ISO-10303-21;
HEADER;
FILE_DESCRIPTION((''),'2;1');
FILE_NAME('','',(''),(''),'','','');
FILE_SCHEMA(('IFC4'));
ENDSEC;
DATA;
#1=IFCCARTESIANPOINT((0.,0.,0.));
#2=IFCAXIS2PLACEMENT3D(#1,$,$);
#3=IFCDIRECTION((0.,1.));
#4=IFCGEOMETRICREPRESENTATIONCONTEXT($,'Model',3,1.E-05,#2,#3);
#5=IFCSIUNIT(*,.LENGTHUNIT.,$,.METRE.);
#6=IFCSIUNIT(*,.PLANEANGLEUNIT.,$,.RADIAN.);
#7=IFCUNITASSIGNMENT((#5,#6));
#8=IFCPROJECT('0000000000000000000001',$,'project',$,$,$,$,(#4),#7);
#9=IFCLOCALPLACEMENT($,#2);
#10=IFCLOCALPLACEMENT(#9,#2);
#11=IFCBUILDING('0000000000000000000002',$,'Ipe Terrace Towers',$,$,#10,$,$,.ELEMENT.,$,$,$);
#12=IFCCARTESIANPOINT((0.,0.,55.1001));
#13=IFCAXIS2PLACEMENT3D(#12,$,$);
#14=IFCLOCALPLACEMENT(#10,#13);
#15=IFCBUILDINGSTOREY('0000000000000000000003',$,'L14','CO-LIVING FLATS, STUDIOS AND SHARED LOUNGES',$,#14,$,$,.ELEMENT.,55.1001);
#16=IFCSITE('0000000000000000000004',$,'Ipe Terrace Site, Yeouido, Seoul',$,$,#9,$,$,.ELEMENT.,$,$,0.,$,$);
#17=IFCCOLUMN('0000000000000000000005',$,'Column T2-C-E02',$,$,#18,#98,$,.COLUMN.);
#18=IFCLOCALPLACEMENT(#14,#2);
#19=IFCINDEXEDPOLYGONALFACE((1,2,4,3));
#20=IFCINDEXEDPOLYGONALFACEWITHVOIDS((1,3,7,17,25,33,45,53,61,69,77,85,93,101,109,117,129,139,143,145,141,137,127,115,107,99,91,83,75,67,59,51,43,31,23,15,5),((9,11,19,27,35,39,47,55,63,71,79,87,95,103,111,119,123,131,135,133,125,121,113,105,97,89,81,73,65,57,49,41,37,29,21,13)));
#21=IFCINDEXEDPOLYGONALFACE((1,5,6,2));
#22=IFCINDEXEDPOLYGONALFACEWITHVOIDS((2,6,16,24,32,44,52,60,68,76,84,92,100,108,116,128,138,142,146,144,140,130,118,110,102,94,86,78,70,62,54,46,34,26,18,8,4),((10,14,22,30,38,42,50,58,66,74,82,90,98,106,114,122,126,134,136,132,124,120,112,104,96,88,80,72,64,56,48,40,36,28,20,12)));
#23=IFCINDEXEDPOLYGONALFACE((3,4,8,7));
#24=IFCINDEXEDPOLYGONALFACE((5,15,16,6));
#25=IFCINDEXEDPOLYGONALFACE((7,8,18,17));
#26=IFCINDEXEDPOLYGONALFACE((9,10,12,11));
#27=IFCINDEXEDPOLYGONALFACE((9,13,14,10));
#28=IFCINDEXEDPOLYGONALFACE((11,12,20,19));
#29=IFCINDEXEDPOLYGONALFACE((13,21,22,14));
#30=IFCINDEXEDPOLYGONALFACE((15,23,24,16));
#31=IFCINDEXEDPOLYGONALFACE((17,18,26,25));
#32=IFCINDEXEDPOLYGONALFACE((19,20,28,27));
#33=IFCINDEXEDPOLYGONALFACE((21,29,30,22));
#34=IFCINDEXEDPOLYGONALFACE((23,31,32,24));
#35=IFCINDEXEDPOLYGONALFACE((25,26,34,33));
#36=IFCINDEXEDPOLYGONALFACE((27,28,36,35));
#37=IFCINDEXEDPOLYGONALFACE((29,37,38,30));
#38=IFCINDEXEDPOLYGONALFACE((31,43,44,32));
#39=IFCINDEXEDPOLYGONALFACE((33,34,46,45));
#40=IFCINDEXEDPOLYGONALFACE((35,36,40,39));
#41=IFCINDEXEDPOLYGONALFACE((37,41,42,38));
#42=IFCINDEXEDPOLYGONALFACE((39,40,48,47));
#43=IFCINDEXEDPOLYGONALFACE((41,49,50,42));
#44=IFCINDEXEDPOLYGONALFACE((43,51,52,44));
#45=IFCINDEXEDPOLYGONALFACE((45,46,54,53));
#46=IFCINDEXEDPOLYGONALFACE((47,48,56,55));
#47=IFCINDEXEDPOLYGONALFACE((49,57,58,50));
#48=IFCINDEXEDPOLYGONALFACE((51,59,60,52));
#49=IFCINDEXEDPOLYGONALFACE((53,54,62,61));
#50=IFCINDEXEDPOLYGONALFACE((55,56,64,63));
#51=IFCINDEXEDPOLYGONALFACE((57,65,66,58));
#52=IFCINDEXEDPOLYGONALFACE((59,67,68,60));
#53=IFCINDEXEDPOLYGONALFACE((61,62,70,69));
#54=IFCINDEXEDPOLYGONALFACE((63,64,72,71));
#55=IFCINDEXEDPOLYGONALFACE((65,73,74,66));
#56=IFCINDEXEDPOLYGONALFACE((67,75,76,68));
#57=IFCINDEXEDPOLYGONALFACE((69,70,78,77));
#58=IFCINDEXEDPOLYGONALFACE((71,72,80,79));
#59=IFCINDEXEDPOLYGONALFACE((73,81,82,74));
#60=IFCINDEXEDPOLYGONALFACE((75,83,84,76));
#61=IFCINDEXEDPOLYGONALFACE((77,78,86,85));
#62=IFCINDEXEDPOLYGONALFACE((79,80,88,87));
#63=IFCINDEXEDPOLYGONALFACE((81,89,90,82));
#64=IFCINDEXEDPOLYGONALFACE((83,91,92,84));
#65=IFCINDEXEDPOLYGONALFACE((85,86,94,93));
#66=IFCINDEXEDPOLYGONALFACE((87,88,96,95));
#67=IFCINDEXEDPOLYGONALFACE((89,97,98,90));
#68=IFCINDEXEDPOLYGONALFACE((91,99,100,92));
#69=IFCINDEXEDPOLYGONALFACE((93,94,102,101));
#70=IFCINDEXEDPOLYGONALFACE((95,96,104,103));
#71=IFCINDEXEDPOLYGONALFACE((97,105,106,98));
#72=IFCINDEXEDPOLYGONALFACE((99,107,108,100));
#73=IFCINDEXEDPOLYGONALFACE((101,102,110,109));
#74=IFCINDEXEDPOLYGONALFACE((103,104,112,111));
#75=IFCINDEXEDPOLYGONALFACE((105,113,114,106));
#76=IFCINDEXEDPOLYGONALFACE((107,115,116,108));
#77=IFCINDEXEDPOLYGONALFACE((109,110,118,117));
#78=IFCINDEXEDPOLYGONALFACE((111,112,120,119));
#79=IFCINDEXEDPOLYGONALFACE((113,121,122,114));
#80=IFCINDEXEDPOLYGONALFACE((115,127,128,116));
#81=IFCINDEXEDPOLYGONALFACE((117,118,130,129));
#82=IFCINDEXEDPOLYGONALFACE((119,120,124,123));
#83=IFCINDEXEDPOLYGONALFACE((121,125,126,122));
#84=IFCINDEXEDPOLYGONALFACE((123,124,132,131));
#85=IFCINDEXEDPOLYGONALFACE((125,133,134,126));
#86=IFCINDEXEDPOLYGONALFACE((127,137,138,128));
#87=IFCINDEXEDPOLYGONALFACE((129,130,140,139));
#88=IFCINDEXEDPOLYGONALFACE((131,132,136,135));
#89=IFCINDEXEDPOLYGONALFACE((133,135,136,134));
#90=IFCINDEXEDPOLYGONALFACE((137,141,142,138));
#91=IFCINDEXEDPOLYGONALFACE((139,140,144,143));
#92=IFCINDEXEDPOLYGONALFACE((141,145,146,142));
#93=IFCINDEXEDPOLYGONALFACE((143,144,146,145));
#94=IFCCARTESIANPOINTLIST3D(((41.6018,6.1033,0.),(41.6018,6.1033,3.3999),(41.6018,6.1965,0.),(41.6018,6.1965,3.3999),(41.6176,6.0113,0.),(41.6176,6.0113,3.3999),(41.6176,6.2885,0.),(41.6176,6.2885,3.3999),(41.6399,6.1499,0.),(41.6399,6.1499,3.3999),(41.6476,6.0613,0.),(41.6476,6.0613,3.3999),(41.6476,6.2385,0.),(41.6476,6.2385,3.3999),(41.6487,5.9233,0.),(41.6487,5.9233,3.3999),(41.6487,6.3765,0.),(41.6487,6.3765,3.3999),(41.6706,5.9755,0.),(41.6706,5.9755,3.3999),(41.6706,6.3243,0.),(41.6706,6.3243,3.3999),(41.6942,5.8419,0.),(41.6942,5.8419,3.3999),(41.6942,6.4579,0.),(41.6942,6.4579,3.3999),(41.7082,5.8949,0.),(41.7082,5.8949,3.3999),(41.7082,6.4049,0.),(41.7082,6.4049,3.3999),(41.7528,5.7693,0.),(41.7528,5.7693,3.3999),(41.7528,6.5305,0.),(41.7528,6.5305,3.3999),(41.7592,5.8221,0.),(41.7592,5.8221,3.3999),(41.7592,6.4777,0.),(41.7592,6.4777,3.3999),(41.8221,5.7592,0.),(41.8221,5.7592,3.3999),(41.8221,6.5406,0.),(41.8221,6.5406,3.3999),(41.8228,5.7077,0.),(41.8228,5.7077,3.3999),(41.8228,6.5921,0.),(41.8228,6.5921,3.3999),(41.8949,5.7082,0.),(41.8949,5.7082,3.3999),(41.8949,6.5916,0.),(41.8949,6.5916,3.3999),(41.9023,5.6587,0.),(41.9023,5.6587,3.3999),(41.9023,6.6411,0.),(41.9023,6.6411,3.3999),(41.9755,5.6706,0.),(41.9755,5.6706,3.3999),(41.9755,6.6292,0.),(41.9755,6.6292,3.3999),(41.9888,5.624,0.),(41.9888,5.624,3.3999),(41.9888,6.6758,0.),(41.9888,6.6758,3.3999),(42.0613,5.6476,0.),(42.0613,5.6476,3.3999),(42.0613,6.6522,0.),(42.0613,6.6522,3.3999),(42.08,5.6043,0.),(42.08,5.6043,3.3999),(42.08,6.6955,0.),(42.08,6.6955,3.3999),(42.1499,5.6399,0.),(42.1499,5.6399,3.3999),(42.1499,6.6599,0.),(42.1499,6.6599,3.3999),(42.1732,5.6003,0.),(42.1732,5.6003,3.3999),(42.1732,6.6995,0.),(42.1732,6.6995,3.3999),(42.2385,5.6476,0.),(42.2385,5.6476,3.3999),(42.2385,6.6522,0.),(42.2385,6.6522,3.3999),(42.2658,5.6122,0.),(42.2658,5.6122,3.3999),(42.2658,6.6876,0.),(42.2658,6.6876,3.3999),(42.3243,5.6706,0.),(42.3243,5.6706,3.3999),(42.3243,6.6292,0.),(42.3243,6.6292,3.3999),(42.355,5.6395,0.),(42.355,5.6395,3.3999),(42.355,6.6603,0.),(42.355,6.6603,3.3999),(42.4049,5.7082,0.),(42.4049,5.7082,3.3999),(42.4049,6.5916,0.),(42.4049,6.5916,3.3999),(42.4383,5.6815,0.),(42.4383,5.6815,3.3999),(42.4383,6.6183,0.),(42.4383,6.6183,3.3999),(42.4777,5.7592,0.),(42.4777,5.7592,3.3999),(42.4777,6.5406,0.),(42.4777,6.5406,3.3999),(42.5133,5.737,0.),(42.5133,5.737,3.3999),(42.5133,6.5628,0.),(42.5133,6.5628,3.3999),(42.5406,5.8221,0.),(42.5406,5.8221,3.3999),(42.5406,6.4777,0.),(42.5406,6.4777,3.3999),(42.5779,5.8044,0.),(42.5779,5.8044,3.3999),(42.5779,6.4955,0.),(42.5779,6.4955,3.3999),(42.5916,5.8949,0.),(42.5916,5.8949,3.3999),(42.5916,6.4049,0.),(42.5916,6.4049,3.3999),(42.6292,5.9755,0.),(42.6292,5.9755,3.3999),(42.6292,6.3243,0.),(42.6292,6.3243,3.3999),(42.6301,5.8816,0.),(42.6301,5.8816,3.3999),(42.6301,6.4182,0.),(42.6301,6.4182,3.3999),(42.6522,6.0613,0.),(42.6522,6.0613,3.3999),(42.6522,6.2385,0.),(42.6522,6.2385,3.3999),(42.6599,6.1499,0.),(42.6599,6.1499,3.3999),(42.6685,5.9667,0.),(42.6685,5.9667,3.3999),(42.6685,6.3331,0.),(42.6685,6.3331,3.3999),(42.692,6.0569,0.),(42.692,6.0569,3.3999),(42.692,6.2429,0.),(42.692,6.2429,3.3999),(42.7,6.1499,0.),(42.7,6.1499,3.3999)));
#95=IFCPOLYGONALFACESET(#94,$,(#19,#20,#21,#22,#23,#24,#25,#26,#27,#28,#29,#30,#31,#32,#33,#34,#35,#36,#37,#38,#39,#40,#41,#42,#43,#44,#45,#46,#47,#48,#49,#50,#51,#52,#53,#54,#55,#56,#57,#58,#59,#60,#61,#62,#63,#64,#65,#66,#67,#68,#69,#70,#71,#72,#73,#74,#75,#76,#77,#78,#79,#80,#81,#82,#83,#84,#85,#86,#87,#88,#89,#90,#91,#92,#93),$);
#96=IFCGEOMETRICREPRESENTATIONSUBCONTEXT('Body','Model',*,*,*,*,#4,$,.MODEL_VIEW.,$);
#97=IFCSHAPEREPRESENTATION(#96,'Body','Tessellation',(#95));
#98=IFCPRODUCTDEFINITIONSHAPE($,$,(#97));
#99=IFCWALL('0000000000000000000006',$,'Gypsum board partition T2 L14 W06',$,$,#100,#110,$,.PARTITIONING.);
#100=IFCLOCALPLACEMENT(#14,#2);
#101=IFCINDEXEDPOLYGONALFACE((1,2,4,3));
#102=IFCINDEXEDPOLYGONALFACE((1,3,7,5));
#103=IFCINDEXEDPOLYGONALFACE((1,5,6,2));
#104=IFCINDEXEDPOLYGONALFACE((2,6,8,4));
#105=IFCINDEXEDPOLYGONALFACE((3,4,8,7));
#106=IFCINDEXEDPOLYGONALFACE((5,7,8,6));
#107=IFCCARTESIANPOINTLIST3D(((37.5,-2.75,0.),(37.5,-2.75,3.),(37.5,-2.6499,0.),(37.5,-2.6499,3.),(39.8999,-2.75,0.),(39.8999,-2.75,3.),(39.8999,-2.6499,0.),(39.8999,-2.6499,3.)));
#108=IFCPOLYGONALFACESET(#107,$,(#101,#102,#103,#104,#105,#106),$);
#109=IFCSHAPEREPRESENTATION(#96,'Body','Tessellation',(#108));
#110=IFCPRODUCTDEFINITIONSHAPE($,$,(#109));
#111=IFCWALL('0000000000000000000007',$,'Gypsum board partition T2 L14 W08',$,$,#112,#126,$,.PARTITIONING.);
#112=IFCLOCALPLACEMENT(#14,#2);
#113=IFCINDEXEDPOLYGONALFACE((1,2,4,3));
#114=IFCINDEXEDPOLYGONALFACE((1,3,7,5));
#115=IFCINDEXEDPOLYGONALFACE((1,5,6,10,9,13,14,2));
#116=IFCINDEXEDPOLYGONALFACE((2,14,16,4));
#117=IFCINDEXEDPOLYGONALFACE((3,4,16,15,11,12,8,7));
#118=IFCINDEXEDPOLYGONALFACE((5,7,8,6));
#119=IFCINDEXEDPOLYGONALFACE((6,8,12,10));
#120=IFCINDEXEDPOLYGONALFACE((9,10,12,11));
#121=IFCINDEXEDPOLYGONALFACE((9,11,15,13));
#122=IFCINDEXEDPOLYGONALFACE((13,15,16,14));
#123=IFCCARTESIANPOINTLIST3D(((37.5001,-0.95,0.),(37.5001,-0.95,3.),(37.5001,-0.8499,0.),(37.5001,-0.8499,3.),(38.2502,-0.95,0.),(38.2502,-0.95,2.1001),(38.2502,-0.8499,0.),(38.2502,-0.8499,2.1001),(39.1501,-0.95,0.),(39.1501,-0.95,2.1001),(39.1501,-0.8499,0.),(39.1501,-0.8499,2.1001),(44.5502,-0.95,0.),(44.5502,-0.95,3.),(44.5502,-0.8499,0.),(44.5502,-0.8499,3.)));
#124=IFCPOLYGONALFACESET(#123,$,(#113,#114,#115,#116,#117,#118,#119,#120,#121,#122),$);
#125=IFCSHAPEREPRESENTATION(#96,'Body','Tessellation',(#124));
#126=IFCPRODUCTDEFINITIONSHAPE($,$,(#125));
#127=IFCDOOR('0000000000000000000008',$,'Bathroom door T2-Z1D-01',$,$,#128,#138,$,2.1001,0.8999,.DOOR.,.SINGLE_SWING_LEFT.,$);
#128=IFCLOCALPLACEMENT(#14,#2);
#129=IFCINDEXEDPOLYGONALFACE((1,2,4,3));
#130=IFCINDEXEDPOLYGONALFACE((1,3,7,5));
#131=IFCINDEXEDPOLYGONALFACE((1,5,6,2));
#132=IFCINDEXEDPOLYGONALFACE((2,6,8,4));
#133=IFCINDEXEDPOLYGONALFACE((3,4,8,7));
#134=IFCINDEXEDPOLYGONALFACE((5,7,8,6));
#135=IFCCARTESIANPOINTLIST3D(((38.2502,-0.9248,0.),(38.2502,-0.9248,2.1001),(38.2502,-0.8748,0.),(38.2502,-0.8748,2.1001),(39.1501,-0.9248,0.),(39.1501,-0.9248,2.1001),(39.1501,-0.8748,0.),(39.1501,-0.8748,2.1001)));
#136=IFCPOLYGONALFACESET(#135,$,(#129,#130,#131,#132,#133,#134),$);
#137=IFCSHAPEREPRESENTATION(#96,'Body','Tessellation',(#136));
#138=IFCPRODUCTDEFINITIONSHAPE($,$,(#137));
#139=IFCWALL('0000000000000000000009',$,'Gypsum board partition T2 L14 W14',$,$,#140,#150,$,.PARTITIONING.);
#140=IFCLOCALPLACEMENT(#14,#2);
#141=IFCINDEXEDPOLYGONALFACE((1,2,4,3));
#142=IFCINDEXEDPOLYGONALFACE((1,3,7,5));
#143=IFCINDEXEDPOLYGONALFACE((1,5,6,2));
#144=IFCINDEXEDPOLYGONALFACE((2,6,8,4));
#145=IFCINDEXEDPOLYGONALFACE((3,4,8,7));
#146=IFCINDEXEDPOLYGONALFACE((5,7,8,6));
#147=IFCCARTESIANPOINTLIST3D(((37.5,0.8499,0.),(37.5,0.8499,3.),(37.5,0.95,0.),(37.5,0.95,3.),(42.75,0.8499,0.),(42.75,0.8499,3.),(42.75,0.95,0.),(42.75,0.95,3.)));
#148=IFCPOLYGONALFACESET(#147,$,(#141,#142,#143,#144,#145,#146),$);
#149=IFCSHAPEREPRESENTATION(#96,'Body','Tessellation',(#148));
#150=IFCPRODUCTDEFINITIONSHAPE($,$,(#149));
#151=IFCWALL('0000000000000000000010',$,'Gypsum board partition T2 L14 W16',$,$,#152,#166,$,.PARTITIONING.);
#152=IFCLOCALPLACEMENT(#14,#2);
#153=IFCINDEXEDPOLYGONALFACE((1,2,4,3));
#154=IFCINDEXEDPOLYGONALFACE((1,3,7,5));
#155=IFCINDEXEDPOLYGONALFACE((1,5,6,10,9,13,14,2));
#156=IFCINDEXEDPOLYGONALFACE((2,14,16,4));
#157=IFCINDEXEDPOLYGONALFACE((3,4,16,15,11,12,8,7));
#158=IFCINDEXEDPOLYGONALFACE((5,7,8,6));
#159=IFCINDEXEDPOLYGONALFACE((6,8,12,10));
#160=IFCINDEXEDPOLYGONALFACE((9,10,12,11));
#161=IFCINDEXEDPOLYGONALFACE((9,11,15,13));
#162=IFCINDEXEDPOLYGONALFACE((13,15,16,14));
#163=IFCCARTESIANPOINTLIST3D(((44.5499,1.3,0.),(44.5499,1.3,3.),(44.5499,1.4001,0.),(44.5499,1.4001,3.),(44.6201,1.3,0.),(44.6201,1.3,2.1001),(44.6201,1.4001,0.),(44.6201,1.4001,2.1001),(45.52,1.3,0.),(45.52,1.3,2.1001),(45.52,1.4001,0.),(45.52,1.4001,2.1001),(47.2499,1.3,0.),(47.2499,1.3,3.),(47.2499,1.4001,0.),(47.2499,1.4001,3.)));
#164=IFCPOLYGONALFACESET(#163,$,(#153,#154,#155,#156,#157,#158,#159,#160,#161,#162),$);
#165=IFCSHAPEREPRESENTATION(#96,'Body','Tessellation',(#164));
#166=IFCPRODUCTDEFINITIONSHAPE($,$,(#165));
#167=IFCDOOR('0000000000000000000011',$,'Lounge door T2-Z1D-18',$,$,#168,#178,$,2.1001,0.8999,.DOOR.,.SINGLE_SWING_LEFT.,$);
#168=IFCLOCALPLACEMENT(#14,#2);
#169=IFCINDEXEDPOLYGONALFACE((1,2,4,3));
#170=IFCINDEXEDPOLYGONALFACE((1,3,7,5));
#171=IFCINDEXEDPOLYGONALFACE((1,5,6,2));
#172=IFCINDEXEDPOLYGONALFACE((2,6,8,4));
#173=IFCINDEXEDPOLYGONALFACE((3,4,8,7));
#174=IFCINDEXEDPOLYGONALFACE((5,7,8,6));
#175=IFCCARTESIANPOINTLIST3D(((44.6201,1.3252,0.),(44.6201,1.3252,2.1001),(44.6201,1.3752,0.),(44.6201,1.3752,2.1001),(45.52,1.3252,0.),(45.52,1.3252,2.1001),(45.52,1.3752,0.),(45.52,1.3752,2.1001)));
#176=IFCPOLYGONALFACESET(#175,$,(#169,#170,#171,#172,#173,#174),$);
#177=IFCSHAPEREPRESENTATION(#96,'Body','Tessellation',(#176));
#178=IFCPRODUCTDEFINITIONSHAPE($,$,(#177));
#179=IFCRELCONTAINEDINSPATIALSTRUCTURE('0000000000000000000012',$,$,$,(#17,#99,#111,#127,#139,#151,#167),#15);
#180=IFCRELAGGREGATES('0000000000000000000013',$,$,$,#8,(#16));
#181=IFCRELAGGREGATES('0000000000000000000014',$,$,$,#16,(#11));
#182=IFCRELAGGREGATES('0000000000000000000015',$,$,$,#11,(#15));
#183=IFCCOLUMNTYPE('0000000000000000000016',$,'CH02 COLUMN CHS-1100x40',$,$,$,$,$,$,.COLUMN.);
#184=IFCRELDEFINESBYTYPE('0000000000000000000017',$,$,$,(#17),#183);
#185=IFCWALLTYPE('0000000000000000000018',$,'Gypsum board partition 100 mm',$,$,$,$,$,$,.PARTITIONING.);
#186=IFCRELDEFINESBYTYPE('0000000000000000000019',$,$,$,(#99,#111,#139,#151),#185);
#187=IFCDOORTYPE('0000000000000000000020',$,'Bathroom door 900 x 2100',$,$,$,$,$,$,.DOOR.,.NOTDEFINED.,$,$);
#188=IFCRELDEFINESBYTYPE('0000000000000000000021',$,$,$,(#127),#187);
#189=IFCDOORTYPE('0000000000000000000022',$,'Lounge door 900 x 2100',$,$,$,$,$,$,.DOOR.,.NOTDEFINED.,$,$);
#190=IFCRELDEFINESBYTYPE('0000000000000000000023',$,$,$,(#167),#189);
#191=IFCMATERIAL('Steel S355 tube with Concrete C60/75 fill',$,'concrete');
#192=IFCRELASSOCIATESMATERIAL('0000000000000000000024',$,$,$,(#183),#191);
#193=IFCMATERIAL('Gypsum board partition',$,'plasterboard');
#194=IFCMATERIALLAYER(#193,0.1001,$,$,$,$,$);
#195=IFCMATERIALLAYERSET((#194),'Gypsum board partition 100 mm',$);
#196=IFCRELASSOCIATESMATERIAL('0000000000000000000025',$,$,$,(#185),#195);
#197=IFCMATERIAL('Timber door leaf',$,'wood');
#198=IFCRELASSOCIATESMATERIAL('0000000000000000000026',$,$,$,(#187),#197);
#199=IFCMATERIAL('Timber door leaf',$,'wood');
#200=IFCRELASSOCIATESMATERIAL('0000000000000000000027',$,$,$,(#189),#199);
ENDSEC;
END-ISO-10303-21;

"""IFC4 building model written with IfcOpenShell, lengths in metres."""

from ifc_helpers import new_model, si_unit, direction, frame, frame_2d, origin, origin_2d, place, context, subcontext, project, spatial, rectangle, hollow_circle, extrude, material, layer, layer_set, material_profile, profile_set, type_object, element, fill, save


model = new_model("IFC4")

# Units and contexts
model_context = context("Model", 3, precision=1e-05, world=origin(), true_north=direction((0.0, 1.0)))
body_context = subcontext(model_context, "Body", "Model", "MODEL_VIEW")
ifc_project = project(units=[si_unit("LENGTHUNIT", "METRE"), si_unit("PLANEANGLEUNIT", "RADIAN")], contexts=[model_context])

# Site, building, storey
site_placement = place(None, origin())
site = spatial("IfcSite", under=ifc_project, at=site_placement, Name="Ipe Terrace Site, Yeouido, Seoul", CompositionType="ELEMENT", RefElevation=0.0)
building_placement = place(site_placement, origin())
building = spatial("IfcBuilding", under=site, at=building_placement, Name="Ipe Terrace Towers", CompositionType="ELEMENT")
storey_placement = place(building_placement, frame((0.0, 0.0, 55.1001)))
storey = spatial("IfcBuildingStorey", under=building, at=storey_placement, Name="L14", Description="CO-LIVING FLATS, STUDIOS AND SHARED LOUNGES", CompositionType="ELEMENT", Elevation=55.1001)

# Column
ifc_material_1 = material(Name="Steel S355 tube with Concrete C60/75 fill", Category="concrete")
ifc_material_profile = material_profile(ifc_material_1, hollow_circle(Radius=0.55, WallThickness=0.04, at=origin_2d()), Name="CHS-1100x40")
ifc_profile_set = profile_set([ifc_material_profile], Name="Steel S355 tube with Concrete C60/75 fill")
column_type = type_object("IfcColumnType", Name="CH02 COLUMN CHS-1100x40", PredefinedType="COLUMN", material=ifc_profile_set)
column_placement = place(storey_placement, frame((42.1499, 6.1499, 0.0), z_axis=(0.0, 0.0, 1.0), x_axis=(1.0, 0.0, 0.0)))
element("IfcColumn", 1, at=column_placement, inside=storey, type_object=column_type, Name="Column T2-C-E02", PredefinedType="COLUMN", context=body_context, shape_type="SweptSolid", body=[
    extrude(hollow_circle(Radius=0.55, WallThickness=0.04, at=origin_2d()), origin(), (0.0, 0.0, 1.0), 3.3999),
])

# Wall
ifc_material_2 = material(Name="Gypsum board partition", Category="plasterboard")
ifc_layer = layer(ifc_material_2, 0.1001)
ifc_layer_set = layer_set([ifc_layer], Name="Gypsum board partition 100 mm")
wall_type = type_object("IfcWallType", Name="Gypsum board partition 100 mm", PredefinedType="PARTITIONING", material=ifc_layer_set)
wall_1_placement = place(storey_placement, frame((39.8999, -2.7, 0.0), z_axis=(0.0, 0.0, 1.0), x_axis=(-1.0, 0.0, 0.0)))
element("IfcWall", 2, at=wall_1_placement, inside=storey, type_object=wall_type, Name="Gypsum board partition T2 L14 W06", PredefinedType="PARTITIONING", context=body_context, shape_type="SweptSolid", body=[
    extrude(rectangle(XDim=2.3999, YDim=0.1001, at=frame_2d((1.2, 0.0))), origin(), (0.0, 0.0, 1.0), 3.0),
])

# Wall, opening, door
wall_2_placement = place(storey_placement, frame((44.55, -0.8999, 0.0), z_axis=(0.0, 0.0, 1.0), x_axis=(-1.0, 0.0, 0.0)))
wall_2 = element("IfcWall", 3, at=wall_2_placement, inside=storey, type_object=wall_type, Name="Gypsum board partition T2 L14 W08", PredefinedType="PARTITIONING", context=body_context, shape_type="SweptSolid", body=[
    extrude(rectangle(XDim=7.05, YDim=0.1001, at=frame_2d((3.5249, 0.0))), origin(), (0.0, 0.0, 1.0), 3.0),
])
opening_1_placement = place(wall_2_placement, frame((5.3999, 0.0, 0.0)))
opening_1 = element("IfcOpeningElement", 4, at=opening_1_placement, cuts=wall_2, PredefinedType="OPENING", context=body_context, shape_type="SweptSolid", body=[
    extrude(rectangle(XDim=0.8999, YDim=2.1001, at=frame_2d((0.45, 1.05))), frame((0.0, 0.0601, 0.0), z_axis=(0.0, -1.0, 0.0), x_axis=(1.0, 0.0, 0.0)), (0.0, 0.0, 1.0), 0.1201),
])
ifc_material_3 = material(Name="Timber door leaf", Category="wood")
door_type_1 = type_object("IfcDoorType", Name="Bathroom door 900 x 2100", OperationType="NOTDEFINED", PredefinedType="DOOR", material=ifc_material_3)
door_1_placement = place(opening_1_placement, origin())
door_1 = element("IfcDoor", 5, at=door_1_placement, inside=storey, type_object=door_type_1, Name="Bathroom door T2-Z1D-01", OperationType="SINGLE_SWING_LEFT", OverallHeight=2.1001, OverallWidth=0.8999, PredefinedType="DOOR", context=body_context, shape_type="SweptSolid", body=[
    extrude(rectangle(XDim=0.8999, YDim=2.1001, at=frame_2d((0.45, 1.05))), frame((0.0, 0.0249, 0.0), z_axis=(0.0, -1.0, 0.0), x_axis=(1.0, 0.0, 0.0)), (0.0, 0.0, 1.0), 0.05),
])
fill(opening_1, door_1)

# Wall
wall_3_placement = place(storey_placement, frame((42.75, 0.8999, 0.0), z_axis=(0.0, 0.0, 1.0), x_axis=(-1.0, 0.0, 0.0)))
element("IfcWall", 6, at=wall_3_placement, inside=storey, type_object=wall_type, Name="Gypsum board partition T2 L14 W14", PredefinedType="PARTITIONING", context=body_context, shape_type="SweptSolid", body=[
    extrude(rectangle(XDim=5.25, YDim=0.1001, at=frame_2d((2.625, 0.0))), origin(), (0.0, 0.0, 1.0), 3.0),
])

# Wall, opening, door
wall_4_placement = place(storey_placement, frame((47.25, 1.3501, 0.0), z_axis=(0.0, 0.0, 1.0), x_axis=(-1.0, 0.0, 0.0)))
wall_4 = element("IfcWall", 7, at=wall_4_placement, inside=storey, type_object=wall_type, Name="Gypsum board partition T2 L14 W16", PredefinedType="PARTITIONING", context=body_context, shape_type="SweptSolid", body=[
    extrude(rectangle(XDim=2.7, YDim=0.1001, at=frame_2d((1.3501, 0.0))), origin(), (0.0, 0.0, 1.0), 3.0),
])
opening_2_placement = place(wall_4_placement, frame((1.73, 0.0, 0.0)))
opening_2 = element("IfcOpeningElement", 8, at=opening_2_placement, cuts=wall_4, PredefinedType="OPENING", context=body_context, shape_type="SweptSolid", body=[
    extrude(rectangle(XDim=0.8999, YDim=2.1001, at=frame_2d((0.45, 1.05))), frame((0.0, 0.0601, 0.0), z_axis=(0.0, -1.0, 0.0), x_axis=(1.0, 0.0, 0.0)), (0.0, 0.0, 1.0), 0.1201),
])
ifc_material_4 = material(Name="Timber door leaf", Category="wood")
door_type_2 = type_object("IfcDoorType", Name="Lounge door 900 x 2100", OperationType="NOTDEFINED", PredefinedType="DOOR", material=ifc_material_4)
door_2_placement = place(opening_2_placement, origin())
door_2 = element("IfcDoor", 9, at=door_2_placement, inside=storey, type_object=door_type_2, Name="Lounge door T2-Z1D-18", OperationType="SINGLE_SWING_LEFT", OverallHeight=2.1001, OverallWidth=0.8999, PredefinedType="DOOR", context=body_context, shape_type="SweptSolid", body=[
    extrude(rectangle(XDim=0.8999, YDim=2.1001, at=frame_2d((0.45, 1.05))), frame((0.0, 0.0249, 0.0), z_axis=(0.0, -1.0, 0.0), x_axis=(1.0, 0.0, 0.0)), (0.0, 0.0, 1.0), 0.05),
])
fill(opening_2, door_2)

save(model, "model.ifc")
